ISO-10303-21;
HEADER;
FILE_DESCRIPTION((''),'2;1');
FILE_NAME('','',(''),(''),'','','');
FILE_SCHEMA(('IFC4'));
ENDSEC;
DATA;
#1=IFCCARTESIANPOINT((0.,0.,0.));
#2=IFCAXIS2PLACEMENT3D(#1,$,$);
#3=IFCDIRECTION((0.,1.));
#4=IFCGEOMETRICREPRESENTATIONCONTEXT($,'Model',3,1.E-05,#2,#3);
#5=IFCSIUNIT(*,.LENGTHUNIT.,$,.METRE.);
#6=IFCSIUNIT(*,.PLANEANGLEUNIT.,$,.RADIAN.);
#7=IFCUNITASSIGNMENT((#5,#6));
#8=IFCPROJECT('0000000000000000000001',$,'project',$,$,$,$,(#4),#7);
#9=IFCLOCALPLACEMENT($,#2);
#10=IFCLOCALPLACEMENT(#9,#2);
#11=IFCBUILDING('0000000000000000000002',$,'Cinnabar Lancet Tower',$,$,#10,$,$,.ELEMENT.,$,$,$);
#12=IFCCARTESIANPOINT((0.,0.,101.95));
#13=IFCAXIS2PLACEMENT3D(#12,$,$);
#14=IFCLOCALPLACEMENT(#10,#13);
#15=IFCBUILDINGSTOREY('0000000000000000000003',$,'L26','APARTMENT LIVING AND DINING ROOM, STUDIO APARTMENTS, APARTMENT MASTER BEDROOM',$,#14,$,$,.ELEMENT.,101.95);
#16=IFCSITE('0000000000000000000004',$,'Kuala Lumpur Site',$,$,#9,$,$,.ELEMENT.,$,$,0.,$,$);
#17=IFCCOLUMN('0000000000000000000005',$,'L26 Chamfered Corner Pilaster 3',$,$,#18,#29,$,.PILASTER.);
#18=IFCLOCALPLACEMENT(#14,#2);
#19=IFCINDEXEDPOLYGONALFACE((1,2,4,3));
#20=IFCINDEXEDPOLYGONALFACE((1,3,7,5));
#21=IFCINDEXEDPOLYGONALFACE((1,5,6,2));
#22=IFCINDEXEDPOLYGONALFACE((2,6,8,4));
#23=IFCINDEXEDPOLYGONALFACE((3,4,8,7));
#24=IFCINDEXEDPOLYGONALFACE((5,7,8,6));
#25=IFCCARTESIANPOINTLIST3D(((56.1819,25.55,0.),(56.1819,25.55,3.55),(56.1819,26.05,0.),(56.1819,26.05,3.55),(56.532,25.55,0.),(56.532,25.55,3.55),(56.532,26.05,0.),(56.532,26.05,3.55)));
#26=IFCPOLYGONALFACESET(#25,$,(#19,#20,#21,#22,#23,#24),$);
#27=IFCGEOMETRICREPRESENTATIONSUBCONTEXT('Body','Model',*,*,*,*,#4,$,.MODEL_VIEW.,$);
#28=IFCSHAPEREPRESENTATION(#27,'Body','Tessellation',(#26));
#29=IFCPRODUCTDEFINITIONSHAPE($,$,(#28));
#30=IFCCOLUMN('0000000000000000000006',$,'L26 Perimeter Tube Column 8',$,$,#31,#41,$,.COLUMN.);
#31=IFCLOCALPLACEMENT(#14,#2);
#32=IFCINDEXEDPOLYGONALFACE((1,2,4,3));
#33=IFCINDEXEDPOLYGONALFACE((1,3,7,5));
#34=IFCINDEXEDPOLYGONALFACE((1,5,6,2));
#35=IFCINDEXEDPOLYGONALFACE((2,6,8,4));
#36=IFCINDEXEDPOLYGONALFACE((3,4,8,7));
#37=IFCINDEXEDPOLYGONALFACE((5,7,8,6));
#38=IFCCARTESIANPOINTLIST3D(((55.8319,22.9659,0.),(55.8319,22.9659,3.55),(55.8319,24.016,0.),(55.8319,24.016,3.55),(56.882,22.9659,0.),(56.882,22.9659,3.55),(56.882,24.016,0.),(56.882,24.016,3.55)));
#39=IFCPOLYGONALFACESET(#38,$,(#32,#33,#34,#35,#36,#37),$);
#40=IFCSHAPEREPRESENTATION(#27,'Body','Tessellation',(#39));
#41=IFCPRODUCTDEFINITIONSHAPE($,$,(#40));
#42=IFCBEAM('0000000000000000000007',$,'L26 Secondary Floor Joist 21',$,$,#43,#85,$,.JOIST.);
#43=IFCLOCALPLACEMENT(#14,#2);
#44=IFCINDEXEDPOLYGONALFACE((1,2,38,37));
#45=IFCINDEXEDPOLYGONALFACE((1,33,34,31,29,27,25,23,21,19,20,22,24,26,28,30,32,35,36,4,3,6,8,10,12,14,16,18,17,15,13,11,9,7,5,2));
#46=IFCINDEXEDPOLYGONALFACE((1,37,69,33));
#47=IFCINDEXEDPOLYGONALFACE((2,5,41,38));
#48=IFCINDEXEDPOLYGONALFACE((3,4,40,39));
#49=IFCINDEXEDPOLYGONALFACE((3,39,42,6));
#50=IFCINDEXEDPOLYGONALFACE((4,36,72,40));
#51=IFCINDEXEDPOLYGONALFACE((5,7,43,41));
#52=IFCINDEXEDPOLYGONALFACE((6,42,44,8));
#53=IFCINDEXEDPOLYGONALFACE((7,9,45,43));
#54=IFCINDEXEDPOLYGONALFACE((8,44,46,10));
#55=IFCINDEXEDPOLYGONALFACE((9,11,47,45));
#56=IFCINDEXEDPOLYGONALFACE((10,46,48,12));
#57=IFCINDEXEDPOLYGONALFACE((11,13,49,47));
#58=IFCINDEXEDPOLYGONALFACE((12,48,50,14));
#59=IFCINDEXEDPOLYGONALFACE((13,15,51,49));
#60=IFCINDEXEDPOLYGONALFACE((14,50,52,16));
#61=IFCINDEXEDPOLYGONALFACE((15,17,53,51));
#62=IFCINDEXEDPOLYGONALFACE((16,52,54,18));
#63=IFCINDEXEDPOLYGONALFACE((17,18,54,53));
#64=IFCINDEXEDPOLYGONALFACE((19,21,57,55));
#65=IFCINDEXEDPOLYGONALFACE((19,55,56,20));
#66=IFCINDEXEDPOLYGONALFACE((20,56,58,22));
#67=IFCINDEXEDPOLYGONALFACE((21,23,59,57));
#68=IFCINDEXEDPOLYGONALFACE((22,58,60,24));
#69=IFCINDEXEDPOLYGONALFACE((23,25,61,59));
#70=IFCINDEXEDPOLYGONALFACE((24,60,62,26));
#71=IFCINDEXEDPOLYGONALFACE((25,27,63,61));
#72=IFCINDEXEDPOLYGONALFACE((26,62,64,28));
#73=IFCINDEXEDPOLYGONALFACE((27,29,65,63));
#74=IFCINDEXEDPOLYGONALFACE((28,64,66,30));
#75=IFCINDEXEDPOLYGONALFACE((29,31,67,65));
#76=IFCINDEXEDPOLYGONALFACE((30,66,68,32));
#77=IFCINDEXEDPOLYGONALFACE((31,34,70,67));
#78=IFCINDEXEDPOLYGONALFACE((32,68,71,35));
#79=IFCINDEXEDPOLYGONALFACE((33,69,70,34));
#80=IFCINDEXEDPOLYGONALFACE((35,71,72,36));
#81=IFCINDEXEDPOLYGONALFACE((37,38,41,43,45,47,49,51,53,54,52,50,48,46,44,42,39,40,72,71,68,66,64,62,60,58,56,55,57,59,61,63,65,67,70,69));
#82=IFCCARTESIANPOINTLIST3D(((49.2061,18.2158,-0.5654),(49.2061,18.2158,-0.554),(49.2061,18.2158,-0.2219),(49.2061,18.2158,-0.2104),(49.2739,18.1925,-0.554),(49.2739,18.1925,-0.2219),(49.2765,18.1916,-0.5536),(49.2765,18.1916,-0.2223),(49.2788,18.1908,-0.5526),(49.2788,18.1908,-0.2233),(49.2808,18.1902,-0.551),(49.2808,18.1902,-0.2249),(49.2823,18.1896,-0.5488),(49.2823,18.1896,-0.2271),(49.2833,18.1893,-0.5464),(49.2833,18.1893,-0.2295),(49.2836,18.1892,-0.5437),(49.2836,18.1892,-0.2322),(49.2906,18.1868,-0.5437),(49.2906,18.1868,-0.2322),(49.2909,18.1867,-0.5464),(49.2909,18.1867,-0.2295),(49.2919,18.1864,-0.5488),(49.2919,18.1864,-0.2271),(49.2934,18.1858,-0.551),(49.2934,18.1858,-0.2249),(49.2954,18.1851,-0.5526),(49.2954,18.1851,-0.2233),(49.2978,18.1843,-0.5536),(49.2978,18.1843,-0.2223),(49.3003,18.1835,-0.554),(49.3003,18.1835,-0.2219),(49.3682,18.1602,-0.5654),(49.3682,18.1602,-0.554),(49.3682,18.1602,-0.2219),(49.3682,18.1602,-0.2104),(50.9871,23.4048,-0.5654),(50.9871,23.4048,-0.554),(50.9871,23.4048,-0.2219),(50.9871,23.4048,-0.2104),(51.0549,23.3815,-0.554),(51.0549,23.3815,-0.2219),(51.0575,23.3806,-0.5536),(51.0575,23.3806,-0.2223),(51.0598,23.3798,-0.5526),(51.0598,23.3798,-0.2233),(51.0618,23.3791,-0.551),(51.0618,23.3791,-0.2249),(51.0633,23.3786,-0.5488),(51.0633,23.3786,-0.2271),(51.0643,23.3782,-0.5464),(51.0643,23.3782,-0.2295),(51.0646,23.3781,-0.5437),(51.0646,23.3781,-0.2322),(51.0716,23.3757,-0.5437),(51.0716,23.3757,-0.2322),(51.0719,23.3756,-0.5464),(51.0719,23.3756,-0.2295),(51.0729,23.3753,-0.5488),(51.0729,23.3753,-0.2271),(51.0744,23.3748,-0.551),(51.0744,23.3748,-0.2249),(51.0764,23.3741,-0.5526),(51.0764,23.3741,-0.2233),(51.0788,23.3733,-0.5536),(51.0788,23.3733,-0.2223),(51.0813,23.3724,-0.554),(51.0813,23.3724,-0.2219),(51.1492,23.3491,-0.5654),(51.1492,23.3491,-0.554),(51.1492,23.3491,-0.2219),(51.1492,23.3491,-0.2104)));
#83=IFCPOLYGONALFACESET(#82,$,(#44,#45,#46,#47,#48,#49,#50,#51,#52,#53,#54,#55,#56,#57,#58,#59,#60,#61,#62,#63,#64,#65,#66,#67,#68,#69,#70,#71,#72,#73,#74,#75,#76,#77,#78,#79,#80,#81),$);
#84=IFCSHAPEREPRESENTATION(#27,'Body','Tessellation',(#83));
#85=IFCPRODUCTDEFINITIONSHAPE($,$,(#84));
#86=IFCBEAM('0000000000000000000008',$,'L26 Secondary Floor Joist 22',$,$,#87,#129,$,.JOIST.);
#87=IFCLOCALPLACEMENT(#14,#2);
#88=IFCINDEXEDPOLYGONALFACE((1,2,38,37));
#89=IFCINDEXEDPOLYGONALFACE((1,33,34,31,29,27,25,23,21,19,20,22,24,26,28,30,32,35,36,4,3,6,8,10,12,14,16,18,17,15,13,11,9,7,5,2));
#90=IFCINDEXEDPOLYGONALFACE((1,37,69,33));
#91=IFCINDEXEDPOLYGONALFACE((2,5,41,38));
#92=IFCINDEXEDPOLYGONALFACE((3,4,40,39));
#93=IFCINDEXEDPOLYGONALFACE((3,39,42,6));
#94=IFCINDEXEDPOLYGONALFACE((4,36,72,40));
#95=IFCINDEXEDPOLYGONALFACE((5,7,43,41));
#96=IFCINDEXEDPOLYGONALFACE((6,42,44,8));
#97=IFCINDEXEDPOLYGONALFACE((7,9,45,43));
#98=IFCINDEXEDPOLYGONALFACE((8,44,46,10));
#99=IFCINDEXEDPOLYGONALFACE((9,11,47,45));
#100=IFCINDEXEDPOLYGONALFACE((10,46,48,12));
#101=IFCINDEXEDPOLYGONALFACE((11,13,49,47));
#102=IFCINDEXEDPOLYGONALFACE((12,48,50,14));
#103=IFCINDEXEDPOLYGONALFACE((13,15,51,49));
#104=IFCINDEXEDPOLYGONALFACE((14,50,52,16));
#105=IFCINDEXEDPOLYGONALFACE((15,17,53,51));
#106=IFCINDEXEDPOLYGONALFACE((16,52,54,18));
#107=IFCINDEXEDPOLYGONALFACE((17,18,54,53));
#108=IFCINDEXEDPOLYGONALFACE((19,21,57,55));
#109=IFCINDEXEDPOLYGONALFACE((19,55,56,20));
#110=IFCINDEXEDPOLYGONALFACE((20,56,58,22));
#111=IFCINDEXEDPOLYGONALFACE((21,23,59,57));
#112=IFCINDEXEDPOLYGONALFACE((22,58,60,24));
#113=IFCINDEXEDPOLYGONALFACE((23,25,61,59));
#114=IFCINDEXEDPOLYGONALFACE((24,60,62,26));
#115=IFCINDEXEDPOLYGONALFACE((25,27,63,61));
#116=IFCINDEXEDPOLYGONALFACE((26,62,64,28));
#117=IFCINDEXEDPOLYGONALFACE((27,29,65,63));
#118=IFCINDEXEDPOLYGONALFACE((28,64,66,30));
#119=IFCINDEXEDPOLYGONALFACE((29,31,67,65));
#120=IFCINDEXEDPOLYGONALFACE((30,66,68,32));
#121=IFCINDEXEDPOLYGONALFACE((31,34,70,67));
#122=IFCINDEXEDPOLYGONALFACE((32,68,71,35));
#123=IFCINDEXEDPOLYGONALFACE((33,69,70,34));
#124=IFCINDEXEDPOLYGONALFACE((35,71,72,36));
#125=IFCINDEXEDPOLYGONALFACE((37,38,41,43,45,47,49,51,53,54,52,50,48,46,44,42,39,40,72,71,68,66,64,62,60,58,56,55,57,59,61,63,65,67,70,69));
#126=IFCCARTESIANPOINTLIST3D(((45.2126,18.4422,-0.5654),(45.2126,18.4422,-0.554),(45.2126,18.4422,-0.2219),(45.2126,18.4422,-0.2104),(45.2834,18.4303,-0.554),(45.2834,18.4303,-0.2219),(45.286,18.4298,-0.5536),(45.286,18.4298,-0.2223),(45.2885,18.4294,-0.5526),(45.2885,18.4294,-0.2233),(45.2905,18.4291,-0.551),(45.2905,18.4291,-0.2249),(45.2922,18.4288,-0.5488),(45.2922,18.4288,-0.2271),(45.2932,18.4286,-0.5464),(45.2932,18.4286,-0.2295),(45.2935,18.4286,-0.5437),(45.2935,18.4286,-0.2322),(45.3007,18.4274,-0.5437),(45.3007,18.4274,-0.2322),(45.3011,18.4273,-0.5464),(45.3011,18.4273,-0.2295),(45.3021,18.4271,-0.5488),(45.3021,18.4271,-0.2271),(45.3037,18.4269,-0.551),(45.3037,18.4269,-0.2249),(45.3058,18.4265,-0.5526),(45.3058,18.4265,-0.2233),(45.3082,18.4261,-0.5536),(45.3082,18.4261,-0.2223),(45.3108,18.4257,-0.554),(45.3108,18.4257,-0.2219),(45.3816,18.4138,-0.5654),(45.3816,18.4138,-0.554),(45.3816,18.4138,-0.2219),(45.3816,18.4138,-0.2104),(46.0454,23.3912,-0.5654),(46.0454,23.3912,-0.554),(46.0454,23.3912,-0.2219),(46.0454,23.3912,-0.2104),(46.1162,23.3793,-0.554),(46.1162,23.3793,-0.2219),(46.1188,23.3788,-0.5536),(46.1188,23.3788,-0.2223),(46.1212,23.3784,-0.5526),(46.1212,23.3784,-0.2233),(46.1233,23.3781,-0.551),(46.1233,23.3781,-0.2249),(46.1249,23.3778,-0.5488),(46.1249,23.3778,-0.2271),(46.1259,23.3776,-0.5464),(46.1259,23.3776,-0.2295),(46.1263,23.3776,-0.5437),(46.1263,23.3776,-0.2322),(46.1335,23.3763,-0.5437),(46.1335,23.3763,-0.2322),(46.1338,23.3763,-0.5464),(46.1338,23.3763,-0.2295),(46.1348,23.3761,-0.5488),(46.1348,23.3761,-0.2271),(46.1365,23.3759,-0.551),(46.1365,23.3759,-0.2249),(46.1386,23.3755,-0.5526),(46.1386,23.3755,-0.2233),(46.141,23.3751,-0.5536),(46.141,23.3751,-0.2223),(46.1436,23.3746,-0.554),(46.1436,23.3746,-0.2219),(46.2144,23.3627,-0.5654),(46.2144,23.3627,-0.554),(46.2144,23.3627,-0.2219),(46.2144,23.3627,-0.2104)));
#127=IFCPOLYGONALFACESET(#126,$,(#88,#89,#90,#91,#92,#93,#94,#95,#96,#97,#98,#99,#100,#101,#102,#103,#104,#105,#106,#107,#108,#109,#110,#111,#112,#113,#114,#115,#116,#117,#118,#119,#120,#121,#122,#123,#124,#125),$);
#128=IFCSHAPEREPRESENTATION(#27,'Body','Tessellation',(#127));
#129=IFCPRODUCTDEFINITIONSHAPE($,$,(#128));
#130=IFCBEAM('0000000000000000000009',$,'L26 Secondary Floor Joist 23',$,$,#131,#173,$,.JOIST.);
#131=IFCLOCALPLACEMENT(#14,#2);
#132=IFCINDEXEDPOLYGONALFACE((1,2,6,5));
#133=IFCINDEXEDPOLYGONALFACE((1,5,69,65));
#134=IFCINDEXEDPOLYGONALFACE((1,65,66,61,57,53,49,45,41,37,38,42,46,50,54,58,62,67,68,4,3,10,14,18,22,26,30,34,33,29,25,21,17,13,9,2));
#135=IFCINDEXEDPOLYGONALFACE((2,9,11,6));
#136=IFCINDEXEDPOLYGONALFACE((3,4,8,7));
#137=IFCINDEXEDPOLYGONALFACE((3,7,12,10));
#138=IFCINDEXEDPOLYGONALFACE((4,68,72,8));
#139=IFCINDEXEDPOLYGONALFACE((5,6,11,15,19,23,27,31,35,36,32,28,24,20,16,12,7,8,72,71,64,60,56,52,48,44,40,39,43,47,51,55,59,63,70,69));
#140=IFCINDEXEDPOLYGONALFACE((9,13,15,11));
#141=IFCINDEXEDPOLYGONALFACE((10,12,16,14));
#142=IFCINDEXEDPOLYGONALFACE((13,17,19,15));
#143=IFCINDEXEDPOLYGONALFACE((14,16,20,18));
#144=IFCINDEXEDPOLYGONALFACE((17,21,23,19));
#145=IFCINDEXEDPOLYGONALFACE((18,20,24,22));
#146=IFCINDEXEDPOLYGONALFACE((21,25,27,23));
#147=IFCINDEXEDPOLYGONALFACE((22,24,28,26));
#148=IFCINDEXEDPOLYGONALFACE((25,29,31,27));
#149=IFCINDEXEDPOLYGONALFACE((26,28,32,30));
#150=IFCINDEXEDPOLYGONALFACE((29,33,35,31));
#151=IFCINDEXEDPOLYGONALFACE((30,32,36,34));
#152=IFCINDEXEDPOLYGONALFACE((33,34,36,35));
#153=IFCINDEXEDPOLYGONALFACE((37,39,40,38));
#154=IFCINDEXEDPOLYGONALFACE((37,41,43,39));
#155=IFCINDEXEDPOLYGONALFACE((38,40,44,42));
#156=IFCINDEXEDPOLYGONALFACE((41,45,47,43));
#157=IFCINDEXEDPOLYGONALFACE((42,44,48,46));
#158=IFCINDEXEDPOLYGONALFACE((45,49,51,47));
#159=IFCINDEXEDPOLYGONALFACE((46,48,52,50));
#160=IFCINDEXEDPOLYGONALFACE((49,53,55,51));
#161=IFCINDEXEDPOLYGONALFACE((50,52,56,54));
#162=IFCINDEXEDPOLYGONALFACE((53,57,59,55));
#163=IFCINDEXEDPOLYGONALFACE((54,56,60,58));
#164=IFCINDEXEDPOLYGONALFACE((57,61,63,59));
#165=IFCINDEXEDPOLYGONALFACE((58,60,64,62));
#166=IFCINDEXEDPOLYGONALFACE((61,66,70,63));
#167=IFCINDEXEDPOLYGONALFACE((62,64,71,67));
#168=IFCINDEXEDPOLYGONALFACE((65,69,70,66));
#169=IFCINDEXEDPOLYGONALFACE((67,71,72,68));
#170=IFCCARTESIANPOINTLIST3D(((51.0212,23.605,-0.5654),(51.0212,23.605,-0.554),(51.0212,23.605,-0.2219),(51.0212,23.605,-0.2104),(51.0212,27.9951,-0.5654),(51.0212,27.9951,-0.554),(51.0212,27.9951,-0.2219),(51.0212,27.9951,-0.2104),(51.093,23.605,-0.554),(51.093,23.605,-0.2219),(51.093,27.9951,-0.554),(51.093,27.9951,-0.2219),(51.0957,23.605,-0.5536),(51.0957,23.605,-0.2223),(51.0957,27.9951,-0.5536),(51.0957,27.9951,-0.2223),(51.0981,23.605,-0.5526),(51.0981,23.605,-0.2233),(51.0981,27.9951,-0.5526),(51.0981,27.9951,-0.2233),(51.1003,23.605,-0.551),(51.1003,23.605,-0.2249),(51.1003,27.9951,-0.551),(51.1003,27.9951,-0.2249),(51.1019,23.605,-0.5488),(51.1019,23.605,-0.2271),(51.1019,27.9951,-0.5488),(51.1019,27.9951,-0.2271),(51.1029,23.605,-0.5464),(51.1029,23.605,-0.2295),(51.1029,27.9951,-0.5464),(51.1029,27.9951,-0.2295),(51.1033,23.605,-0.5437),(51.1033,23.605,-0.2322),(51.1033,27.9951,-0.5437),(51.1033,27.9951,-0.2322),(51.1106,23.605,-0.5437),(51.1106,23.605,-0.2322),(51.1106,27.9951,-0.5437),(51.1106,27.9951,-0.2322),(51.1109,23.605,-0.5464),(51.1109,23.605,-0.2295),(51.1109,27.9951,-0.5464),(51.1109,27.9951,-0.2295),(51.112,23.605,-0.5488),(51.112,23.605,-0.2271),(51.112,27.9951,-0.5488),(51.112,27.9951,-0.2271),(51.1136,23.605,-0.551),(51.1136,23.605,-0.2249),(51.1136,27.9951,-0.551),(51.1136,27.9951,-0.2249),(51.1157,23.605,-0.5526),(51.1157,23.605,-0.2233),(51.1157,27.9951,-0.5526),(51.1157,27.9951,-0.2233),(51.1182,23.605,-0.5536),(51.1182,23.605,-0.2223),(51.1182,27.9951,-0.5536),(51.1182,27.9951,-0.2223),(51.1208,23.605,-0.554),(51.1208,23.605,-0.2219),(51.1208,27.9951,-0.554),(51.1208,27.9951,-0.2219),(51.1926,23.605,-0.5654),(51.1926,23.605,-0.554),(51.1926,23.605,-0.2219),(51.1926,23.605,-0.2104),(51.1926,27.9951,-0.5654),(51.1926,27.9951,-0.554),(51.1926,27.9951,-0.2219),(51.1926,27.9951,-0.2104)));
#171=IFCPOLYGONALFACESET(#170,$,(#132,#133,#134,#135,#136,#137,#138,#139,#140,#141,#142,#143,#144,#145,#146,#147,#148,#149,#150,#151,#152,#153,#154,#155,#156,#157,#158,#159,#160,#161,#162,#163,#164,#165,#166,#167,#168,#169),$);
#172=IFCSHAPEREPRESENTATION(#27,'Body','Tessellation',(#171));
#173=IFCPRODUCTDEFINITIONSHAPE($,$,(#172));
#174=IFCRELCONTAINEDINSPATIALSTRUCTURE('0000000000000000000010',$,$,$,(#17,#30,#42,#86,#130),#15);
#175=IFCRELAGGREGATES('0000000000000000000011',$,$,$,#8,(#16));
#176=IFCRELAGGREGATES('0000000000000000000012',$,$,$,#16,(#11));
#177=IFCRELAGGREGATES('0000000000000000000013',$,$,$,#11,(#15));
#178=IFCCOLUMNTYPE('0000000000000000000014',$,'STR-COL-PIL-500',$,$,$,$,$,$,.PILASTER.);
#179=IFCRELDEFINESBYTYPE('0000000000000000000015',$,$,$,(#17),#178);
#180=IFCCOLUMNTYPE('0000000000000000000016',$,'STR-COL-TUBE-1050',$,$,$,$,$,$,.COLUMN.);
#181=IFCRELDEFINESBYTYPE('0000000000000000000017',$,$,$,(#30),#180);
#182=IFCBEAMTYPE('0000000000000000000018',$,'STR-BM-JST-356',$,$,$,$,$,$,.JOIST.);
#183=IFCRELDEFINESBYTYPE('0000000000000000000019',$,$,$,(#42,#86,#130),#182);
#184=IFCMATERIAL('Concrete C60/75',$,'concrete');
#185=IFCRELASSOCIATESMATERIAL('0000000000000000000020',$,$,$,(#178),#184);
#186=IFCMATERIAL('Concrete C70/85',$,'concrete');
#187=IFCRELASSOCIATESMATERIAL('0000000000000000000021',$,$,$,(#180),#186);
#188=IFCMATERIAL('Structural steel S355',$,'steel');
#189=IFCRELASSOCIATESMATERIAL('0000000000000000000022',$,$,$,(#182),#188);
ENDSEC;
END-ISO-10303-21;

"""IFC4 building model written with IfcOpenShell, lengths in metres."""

from ifc_helpers import new_model, si_unit, direction, frame, origin, origin_2d, place, context, subcontext, project, spatial, rectangle, i_section, extrude, material, material_profile, profile_set, type_object, element, save


model = new_model("IFC4")

# Units and contexts
model_context = context("Model", 3, precision=1e-05, world=origin(), true_north=direction((0.0, 1.0)))
body_context = subcontext(model_context, "Body", "Model", "MODEL_VIEW")
ifc_project = project(units=[si_unit("LENGTHUNIT", "METRE"), si_unit("PLANEANGLEUNIT", "RADIAN")], contexts=[model_context])

# Site, building, storey
site_placement = place(None, origin())
site = spatial("IfcSite", under=ifc_project, at=site_placement, Name="Kuala Lumpur Site", CompositionType="ELEMENT", RefElevation=0.0)
building_placement = place(site_placement, origin())
building = spatial("IfcBuilding", under=site, at=building_placement, Name="Cinnabar Lancet Tower", CompositionType="ELEMENT")
storey_placement = place(building_placement, frame((0.0, 0.0, 101.95)))
storey = spatial("IfcBuildingStorey", under=building, at=storey_placement, Name="L26", Description="APARTMENT LIVING AND DINING ROOM, STUDIO APARTMENTS, APARTMENT MASTER BEDROOM", CompositionType="ELEMENT", Elevation=101.95)

# Columns
ifc_material_1 = material(Name="Concrete C60/75", Category="concrete")
ifc_material_profile_1 = material_profile(ifc_material_1, rectangle(XDim=0.5, YDim=0.3501, at=origin_2d()), Name="RC-PIL 500x350")
ifc_profile_set_1 = profile_set([ifc_material_profile_1], Name="Concrete C60/75")
column_type_1 = type_object("IfcColumnType", Name="STR-COL-PIL-500", PredefinedType="PILASTER", material=ifc_profile_set_1)
column_1_placement = place(storey_placement, frame((56.3569, 25.8, 0.0), z_axis=(0.0, 0.0, 1.0), x_axis=(0.0, 1.0, 0.0)))
element("IfcColumn", 1, at=column_1_placement, inside=storey, type_object=column_type_1, Name="L26 Chamfered Corner Pilaster 3", PredefinedType="PILASTER", context=body_context, shape_type="SweptSolid", body=[
    extrude(rectangle(XDim=0.5, YDim=0.3501, at=origin_2d()), origin(), (0.0, 0.0, 1.0), 3.55),
])
ifc_material_2 = material(Name="Concrete C70/85", Category="concrete")
ifc_material_profile_2 = material_profile(ifc_material_2, rectangle(XDim=1.05, YDim=1.05, at=origin_2d()), Name="RC-COL 1050x1050")
ifc_profile_set_2 = profile_set([ifc_material_profile_2], Name="Concrete C70/85")
column_type_2 = type_object("IfcColumnType", Name="STR-COL-TUBE-1050", PredefinedType="COLUMN", material=ifc_profile_set_2)
column_2_placement = place(storey_placement, frame((56.3569, 23.491, 0.0), z_axis=(0.0, 0.0, 1.0), x_axis=(1.0, 0.0, 0.0)))
element("IfcColumn", 2, at=column_2_placement, inside=storey, type_object=column_type_2, Name="L26 Perimeter Tube Column 8", PredefinedType="COLUMN", context=body_context, shape_type="SweptSolid", body=[
    extrude(rectangle(XDim=1.05, YDim=1.05, at=origin_2d()), origin(), (0.0, 0.0, 1.0), 3.55),
])

# Beams
ifc_material_3 = material(Name="Structural steel S355", Category="steel")
ifc_material_profile_3 = material_profile(ifc_material_3, i_section(OverallWidth=0.1714, OverallDepth=0.355, WebThickness=0.0073, FlangeThickness=0.0115, FilletRadius=0.0103, at=origin_2d()), Name="UKB 356x171x51")
ifc_profile_set_3 = profile_set([ifc_material_profile_3], Name="Structural steel S355")
beam_type_1 = type_object("IfcBeamType", Name="STR-BM-JST-356", PredefinedType="JOIST", material=ifc_profile_set_3)
beam_1_placement = place(storey_placement, frame((49.2871, 18.188, -0.3879), z_axis=(0.324639, 0.945838, 0.0), x_axis=(-0.945838, 0.324639, 0.0)))
element("IfcBeam", 3, at=beam_1_placement, inside=storey, type_object=beam_type_1, Name="L26 Secondary Floor Joist 21", PredefinedType="JOIST", context=body_context, shape_type="SweptSolid", body=[
    extrude(i_section(OverallWidth=0.1714, OverallDepth=0.355, WebThickness=0.0073, FlangeThickness=0.0115, FilletRadius=0.0103, at=origin_2d()), origin(), (0.0, 0.0, 1.0), 5.4861),
])
beam_2_placement = place(storey_placement, frame((45.2971, 18.428, -0.3879), z_axis=(0.165937, 0.986136, 0.0), x_axis=(-0.986136, 0.165937, 0.0)))
element("IfcBeam", 4, at=beam_2_placement, inside=storey, type_object=beam_type_1, Name="L26 Secondary Floor Joist 22", PredefinedType="JOIST", context=body_context, shape_type="SweptSolid", body=[
    extrude(i_section(OverallWidth=0.1714, OverallDepth=0.355, WebThickness=0.0073, FlangeThickness=0.0115, FilletRadius=0.0103, at=origin_2d()), origin(), (0.0, 0.0, 1.0), 5.0186),
])
for number, where, z_axis, x_axis, name in (
    (5, (51.1069, 23.605, -0.3879), (0.0, 1.0, 0.0), (-1.0, 0.0, 0.0), "L26 Secondary Floor Joist 23"),
):
    element("IfcBeam", number, at=place(storey_placement, frame(where, z_axis=z_axis, x_axis=x_axis)), inside=storey, type_object=beam_type_1, Name=name, PredefinedType="JOIST", context=body_context, shape_type="SweptSolid", body=[
        extrude(i_section(OverallWidth=0.1714, OverallDepth=0.355, WebThickness=0.0073, FlangeThickness=0.0115, FilletRadius=0.0103, at=origin_2d()), origin(), (0.0, 0.0, 1.0), 4.3901),
    ])

save(model, "model.ifc")
